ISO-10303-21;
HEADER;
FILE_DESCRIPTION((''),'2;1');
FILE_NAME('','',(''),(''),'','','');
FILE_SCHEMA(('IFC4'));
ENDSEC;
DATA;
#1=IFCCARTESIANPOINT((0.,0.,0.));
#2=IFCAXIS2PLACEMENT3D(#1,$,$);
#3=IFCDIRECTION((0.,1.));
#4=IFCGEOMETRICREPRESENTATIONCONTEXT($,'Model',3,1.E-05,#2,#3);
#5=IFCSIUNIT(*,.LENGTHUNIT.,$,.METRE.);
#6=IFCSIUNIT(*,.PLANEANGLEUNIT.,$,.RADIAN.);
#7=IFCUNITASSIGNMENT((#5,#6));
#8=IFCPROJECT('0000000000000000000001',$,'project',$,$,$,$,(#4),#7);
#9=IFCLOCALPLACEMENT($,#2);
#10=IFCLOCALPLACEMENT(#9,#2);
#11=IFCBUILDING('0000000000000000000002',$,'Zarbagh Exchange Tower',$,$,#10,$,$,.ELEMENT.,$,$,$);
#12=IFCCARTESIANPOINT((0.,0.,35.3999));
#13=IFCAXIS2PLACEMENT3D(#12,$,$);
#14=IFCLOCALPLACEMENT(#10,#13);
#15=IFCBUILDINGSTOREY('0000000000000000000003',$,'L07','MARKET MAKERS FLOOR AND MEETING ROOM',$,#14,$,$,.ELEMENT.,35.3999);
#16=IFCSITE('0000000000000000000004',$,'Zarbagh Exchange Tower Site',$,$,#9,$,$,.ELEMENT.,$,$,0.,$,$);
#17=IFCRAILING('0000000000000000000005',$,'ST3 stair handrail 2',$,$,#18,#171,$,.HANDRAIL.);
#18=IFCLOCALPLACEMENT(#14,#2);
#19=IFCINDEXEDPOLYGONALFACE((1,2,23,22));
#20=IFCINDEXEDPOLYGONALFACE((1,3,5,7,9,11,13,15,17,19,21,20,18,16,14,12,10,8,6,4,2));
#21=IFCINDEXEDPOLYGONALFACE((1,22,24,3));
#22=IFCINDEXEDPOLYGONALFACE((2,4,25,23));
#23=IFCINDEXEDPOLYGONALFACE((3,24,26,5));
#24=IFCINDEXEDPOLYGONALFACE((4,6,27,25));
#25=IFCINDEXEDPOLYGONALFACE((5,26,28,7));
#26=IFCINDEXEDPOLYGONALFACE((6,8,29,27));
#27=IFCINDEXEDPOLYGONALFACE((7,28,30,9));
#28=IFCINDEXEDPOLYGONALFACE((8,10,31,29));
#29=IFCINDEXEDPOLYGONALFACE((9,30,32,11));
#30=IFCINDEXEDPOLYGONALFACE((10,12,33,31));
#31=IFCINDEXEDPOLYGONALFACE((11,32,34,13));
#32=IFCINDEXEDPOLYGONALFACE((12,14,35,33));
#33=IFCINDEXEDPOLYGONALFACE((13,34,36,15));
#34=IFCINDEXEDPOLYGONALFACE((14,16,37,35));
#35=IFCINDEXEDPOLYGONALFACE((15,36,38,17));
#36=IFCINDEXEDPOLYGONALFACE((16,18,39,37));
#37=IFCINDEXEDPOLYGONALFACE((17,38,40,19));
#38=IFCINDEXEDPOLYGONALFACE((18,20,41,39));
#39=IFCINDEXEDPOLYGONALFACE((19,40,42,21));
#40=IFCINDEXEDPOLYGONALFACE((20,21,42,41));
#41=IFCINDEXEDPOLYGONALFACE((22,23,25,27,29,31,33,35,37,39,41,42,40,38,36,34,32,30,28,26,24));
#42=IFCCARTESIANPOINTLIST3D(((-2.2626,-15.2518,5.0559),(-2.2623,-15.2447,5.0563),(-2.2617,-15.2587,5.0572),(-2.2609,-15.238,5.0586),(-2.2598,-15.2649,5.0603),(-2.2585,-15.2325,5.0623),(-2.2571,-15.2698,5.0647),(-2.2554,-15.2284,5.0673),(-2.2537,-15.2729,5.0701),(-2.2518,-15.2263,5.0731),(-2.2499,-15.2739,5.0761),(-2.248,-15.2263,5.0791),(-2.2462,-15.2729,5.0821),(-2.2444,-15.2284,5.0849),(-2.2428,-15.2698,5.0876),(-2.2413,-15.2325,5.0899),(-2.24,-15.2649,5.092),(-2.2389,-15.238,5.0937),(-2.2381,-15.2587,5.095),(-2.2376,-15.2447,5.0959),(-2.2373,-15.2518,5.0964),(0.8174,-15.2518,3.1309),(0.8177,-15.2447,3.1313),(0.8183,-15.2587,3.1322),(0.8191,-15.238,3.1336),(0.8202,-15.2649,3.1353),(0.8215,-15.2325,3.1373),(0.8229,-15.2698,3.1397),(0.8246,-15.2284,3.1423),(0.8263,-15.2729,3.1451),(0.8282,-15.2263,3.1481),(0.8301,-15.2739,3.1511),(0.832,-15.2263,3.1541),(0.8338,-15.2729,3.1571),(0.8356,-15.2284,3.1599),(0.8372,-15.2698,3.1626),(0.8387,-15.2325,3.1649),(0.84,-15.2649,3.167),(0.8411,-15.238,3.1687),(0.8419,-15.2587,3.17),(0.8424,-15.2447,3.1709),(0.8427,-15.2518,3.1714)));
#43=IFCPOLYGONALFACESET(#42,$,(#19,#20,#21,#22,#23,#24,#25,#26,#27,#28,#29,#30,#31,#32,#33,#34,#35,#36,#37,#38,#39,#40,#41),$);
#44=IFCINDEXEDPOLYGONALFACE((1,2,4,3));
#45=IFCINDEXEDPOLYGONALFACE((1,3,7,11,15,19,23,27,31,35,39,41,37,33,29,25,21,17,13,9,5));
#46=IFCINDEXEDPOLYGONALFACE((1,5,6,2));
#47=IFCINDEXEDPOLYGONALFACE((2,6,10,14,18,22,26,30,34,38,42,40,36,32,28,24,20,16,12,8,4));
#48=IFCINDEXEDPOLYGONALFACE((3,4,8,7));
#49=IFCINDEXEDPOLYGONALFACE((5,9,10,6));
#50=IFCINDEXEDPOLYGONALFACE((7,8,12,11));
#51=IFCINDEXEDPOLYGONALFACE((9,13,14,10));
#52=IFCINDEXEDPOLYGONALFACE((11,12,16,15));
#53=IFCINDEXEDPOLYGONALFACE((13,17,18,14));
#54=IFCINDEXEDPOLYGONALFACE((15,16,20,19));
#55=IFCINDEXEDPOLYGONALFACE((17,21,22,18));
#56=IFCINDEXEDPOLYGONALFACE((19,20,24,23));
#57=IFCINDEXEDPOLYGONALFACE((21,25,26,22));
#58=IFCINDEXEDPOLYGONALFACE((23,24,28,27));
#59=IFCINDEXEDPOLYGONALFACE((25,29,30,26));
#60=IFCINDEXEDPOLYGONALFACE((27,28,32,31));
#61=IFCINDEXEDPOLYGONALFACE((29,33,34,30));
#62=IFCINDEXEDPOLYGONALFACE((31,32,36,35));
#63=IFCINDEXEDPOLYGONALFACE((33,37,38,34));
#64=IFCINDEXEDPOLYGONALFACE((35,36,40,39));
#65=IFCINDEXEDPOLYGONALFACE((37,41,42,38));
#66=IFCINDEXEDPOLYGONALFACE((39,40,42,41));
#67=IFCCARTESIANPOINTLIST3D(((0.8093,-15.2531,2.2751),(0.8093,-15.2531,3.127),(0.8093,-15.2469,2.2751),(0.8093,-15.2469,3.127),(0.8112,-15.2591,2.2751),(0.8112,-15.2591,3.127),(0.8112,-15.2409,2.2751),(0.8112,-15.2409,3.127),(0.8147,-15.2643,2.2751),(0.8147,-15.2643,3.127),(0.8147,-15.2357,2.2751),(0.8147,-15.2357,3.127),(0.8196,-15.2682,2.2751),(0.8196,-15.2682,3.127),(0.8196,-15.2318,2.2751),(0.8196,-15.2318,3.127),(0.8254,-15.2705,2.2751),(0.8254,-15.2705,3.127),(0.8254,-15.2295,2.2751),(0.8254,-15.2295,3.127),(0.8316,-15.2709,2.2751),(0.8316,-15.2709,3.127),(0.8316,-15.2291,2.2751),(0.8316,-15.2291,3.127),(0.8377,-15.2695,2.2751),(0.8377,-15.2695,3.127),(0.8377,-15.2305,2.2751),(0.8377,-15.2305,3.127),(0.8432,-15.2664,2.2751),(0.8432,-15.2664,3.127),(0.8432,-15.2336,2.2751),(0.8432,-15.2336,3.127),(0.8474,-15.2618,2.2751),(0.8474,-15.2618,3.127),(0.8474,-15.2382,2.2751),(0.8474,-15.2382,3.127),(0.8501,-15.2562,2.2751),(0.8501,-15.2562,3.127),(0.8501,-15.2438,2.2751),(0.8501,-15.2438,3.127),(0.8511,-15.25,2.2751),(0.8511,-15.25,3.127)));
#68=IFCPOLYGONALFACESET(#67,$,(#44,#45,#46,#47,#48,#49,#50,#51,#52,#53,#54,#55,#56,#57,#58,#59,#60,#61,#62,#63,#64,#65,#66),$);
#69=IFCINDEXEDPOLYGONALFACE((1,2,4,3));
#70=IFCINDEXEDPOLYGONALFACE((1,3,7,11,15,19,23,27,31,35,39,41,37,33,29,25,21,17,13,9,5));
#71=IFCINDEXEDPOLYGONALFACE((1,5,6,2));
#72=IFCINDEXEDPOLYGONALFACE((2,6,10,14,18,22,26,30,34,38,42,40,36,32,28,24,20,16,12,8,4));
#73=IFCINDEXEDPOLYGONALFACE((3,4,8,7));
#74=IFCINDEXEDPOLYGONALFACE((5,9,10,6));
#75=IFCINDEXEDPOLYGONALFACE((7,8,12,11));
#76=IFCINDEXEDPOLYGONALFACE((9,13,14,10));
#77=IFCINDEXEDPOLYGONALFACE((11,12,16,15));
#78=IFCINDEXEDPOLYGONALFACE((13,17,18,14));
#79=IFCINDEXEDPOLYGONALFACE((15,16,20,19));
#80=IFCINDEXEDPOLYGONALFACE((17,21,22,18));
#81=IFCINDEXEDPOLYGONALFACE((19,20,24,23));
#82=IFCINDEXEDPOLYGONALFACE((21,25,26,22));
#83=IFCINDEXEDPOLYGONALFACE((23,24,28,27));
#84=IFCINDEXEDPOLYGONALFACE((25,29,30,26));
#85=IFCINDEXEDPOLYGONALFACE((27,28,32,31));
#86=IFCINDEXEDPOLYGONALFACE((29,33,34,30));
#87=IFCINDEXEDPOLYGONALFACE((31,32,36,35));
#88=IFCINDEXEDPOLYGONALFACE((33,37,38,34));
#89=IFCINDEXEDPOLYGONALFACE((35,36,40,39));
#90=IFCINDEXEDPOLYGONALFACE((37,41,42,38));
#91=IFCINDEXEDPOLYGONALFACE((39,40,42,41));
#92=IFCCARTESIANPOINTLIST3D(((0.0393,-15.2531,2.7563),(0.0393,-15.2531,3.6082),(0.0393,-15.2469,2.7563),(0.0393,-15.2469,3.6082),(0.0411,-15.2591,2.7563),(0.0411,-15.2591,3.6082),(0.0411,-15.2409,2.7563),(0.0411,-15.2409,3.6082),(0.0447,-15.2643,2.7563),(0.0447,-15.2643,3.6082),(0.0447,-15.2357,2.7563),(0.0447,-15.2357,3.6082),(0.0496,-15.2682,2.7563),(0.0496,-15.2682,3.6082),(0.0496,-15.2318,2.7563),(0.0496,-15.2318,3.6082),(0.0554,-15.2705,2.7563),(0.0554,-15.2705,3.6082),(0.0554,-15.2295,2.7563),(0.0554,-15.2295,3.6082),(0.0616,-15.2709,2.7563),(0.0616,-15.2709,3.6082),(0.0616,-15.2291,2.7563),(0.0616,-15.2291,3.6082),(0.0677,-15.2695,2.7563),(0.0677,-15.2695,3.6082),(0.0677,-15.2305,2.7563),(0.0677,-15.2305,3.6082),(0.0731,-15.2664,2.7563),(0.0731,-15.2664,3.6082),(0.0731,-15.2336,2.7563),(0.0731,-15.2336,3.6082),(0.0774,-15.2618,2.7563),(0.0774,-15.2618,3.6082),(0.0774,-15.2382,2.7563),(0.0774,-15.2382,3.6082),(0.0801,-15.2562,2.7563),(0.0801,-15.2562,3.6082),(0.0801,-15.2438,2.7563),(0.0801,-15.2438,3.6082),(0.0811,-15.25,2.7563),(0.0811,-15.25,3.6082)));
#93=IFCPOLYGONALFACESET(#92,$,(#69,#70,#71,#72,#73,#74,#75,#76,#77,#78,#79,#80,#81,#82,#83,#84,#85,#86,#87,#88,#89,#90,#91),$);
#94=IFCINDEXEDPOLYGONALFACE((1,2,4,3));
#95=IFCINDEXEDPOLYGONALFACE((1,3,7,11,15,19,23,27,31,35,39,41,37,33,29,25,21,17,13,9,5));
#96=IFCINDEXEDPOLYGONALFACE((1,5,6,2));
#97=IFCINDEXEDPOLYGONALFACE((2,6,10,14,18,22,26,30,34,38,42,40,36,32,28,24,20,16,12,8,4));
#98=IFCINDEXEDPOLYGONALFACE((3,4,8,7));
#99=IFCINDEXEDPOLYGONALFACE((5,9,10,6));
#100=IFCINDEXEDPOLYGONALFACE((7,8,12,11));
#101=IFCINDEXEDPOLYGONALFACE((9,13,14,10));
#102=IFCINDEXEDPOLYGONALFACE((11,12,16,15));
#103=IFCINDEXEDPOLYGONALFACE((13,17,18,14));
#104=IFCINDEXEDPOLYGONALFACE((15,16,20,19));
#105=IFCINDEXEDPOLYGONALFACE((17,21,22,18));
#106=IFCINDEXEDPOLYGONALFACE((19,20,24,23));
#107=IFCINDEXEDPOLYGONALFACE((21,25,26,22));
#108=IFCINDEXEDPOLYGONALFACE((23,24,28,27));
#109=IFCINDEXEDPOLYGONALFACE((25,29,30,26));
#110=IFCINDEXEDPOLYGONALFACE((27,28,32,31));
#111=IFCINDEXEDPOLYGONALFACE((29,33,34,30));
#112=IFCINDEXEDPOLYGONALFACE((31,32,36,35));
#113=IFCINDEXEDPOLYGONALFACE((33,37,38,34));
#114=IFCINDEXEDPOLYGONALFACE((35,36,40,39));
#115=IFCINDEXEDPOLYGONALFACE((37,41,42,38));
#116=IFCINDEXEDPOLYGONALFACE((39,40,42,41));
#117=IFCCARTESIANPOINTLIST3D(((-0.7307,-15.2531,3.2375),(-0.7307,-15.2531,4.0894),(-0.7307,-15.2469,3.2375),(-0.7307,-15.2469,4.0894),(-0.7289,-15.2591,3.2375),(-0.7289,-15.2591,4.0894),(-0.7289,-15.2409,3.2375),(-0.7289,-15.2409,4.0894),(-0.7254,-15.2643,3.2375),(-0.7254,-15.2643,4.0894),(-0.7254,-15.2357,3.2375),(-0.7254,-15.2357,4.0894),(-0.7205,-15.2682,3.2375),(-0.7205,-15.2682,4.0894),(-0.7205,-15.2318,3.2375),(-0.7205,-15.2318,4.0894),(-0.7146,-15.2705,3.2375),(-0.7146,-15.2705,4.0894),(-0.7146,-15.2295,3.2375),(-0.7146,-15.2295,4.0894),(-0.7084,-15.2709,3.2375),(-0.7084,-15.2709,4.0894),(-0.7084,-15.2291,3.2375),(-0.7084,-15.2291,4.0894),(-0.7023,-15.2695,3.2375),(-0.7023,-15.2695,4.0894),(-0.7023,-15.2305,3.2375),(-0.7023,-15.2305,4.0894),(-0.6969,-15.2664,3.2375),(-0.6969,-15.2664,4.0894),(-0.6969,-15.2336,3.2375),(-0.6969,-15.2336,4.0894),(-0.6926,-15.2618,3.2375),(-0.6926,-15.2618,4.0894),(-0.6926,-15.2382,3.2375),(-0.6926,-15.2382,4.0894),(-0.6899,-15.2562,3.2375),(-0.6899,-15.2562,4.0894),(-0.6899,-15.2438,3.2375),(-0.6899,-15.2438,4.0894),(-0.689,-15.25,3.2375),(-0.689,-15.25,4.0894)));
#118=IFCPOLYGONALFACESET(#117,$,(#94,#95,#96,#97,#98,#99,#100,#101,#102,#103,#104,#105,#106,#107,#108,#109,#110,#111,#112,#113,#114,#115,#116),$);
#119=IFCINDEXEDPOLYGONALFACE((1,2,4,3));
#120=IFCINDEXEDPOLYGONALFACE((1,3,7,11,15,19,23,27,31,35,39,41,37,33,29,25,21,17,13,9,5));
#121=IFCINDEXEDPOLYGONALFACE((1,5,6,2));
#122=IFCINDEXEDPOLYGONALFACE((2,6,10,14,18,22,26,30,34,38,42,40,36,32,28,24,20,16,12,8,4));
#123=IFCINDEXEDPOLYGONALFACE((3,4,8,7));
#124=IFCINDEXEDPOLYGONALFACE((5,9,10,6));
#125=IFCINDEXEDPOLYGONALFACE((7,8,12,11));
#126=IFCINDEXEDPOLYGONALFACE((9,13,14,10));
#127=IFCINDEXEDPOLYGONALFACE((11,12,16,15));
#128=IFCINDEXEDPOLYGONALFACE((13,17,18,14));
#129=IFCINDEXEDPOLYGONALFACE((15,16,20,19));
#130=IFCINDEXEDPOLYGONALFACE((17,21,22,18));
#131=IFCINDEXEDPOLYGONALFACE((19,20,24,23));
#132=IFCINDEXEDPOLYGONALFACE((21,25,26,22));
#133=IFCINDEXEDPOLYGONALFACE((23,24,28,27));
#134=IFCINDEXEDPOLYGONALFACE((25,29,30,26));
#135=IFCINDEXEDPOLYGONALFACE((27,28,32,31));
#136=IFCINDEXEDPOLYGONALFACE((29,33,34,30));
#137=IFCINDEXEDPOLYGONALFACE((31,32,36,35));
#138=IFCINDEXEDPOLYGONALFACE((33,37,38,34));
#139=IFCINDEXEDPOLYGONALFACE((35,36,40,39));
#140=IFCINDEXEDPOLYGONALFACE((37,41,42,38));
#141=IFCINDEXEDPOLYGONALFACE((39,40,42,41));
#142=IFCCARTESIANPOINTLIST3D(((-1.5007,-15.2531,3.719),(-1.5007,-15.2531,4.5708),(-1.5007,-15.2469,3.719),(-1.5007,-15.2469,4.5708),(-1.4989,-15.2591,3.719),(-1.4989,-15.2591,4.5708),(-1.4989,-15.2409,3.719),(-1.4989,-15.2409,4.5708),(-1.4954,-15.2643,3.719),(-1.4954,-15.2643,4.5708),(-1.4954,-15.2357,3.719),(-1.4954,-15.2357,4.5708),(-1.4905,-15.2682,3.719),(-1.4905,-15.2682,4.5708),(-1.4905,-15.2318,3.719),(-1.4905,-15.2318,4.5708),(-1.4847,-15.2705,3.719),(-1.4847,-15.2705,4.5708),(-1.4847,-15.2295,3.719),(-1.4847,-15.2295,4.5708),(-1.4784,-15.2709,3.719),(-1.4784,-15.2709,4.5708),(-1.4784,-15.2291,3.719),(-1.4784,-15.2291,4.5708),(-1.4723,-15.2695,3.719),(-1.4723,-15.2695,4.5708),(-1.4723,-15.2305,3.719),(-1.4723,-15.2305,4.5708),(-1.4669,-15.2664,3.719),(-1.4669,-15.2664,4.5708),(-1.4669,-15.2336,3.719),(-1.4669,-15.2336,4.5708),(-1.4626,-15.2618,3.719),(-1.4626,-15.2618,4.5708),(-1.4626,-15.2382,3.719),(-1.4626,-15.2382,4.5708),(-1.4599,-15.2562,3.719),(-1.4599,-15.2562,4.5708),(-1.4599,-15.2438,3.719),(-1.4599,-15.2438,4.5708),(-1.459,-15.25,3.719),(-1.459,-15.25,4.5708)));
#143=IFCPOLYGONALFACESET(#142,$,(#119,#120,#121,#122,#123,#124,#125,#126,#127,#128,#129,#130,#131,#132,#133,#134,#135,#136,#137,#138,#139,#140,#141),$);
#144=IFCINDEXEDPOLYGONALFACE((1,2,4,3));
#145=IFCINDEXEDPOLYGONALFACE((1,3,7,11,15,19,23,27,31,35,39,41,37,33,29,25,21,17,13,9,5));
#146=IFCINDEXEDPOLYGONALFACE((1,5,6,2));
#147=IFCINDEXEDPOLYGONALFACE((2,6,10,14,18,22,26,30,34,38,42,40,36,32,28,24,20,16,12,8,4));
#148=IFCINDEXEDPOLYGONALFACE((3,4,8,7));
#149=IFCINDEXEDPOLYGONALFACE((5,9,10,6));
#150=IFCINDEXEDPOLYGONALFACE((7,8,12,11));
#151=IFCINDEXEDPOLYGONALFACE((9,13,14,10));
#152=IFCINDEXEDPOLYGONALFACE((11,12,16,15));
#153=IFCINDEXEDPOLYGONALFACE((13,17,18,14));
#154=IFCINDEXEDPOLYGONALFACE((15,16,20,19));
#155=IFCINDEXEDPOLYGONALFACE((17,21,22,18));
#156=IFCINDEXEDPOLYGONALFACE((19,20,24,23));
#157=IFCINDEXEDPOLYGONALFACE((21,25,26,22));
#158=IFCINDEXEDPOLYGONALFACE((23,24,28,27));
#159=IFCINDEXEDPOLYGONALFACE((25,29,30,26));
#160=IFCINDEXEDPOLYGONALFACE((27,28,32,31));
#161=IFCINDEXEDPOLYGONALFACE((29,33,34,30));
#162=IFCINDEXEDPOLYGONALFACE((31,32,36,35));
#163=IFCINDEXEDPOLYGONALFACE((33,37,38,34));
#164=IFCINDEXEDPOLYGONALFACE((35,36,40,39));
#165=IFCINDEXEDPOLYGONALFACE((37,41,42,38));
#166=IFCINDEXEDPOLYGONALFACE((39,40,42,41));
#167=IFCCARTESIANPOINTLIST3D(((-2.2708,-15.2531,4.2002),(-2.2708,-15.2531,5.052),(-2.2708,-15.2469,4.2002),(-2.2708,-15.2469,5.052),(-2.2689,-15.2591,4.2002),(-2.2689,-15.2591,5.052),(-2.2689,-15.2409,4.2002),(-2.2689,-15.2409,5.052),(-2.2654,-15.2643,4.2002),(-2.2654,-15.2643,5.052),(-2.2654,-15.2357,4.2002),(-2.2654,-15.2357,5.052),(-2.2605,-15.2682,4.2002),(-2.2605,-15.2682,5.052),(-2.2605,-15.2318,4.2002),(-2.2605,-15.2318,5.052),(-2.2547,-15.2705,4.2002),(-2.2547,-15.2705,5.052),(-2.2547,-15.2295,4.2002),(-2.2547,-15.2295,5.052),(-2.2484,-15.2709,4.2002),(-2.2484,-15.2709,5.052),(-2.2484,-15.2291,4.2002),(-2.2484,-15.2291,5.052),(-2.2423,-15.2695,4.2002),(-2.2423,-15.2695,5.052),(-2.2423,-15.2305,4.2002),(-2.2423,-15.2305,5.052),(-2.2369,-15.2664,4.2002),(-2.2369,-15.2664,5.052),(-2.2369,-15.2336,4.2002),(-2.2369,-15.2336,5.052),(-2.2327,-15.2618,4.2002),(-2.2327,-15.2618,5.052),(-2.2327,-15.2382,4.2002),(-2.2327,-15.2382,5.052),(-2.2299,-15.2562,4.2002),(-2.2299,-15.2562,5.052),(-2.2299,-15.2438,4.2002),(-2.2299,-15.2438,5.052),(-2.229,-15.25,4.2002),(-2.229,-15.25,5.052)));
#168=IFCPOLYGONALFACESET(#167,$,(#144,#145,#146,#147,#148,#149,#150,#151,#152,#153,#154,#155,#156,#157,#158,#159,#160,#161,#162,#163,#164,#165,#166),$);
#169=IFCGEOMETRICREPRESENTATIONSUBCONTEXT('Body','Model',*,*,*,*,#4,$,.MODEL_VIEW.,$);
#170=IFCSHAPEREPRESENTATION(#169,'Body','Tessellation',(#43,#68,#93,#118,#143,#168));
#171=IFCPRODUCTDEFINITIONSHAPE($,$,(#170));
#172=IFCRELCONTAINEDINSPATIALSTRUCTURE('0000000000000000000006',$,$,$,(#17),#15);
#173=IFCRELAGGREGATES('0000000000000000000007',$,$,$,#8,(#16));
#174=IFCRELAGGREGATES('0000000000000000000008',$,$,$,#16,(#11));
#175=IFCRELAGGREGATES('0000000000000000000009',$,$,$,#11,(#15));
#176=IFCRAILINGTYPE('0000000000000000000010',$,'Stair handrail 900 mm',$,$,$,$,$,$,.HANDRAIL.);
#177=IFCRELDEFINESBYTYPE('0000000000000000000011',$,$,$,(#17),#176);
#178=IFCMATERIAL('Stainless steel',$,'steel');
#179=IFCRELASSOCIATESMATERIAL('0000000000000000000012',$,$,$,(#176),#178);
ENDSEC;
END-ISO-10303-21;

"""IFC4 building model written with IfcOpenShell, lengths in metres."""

from ifc_helpers import new_model, si_unit, direction, frame, origin, origin_2d, place, context, subcontext, project, spatial, circle, extrude, material, type_object, element, save


model = new_model("IFC4")

# Units and contexts
model_context = context("Model", 3, precision=1e-05, world=origin(), true_north=direction((0.0, 1.0)))
body_context = subcontext(model_context, "Body", "Model", "MODEL_VIEW")
ifc_project = project(units=[si_unit("LENGTHUNIT", "METRE"), si_unit("PLANEANGLEUNIT", "RADIAN")], contexts=[model_context])

# Site, building, storey
site_placement = place(None, origin())
site = spatial("IfcSite", under=ifc_project, at=site_placement, Name="Zarbagh Exchange Tower Site", CompositionType="ELEMENT", RefElevation=0.0)
building_placement = place(site_placement, origin())
building = spatial("IfcBuilding", under=site, at=building_placement, Name="Zarbagh Exchange Tower", CompositionType="ELEMENT")
storey_placement = place(building_placement, frame((0.0, 0.0, 35.3999)))
storey = spatial("IfcBuildingStorey", under=building, at=storey_placement, Name="L07", Description="MARKET MAKERS FLOOR AND MEETING ROOM", CompositionType="ELEMENT", Elevation=35.3999)

# Railing
ifc_material_1 = material(Name="Stainless steel", Category="steel")
railing_type_1 = type_object("IfcRailingType", Name="Stair handrail 900 mm", PredefinedType="HANDRAIL", material=ifc_material_1)
for number, where, name in (
    (1, (0.8301, -15.25, 2.2751), "ST3 stair handrail 2"),
):
    element("IfcRailing", number, at=place(storey_placement, frame(where)), inside=storey, type_object=railing_type_1, Name=name, PredefinedType="HANDRAIL", context=body_context, shape_type="SweptSolid", body=[
        extrude(circle(Radius=0.0239, at=origin_2d()), frame((0.0, 0.0, 0.876), z_axis=(-0.847998, 0.0, 0.529999), x_axis=(0.0, -1.0, 0.0)), (0.0, 0.0, 1.0), 3.6321),
        extrude(circle(Radius=0.021, at=origin_2d()), origin(), (0.0, 0.0, 1.0), 0.8518),
        extrude(circle(Radius=0.021, at=origin_2d()), frame((-0.77, 0.0, 0.4812)), (0.0, 0.0, 1.0), 0.8518),
        extrude(circle(Radius=0.021, at=origin_2d()), frame((-1.54, 0.0, 0.9624)), (0.0, 0.0, 1.0), 0.8518),
        extrude(circle(Radius=0.021, at=origin_2d()), frame((-2.3101, 0.0, 1.4438)), (0.0, 0.0, 1.0), 0.8518),
        extrude(circle(Radius=0.021, at=origin_2d()), frame((-3.0801, 0.0, 1.925)), (0.0, 0.0, 1.0), 0.8518),
    ])

save(model, "model.ifc")
